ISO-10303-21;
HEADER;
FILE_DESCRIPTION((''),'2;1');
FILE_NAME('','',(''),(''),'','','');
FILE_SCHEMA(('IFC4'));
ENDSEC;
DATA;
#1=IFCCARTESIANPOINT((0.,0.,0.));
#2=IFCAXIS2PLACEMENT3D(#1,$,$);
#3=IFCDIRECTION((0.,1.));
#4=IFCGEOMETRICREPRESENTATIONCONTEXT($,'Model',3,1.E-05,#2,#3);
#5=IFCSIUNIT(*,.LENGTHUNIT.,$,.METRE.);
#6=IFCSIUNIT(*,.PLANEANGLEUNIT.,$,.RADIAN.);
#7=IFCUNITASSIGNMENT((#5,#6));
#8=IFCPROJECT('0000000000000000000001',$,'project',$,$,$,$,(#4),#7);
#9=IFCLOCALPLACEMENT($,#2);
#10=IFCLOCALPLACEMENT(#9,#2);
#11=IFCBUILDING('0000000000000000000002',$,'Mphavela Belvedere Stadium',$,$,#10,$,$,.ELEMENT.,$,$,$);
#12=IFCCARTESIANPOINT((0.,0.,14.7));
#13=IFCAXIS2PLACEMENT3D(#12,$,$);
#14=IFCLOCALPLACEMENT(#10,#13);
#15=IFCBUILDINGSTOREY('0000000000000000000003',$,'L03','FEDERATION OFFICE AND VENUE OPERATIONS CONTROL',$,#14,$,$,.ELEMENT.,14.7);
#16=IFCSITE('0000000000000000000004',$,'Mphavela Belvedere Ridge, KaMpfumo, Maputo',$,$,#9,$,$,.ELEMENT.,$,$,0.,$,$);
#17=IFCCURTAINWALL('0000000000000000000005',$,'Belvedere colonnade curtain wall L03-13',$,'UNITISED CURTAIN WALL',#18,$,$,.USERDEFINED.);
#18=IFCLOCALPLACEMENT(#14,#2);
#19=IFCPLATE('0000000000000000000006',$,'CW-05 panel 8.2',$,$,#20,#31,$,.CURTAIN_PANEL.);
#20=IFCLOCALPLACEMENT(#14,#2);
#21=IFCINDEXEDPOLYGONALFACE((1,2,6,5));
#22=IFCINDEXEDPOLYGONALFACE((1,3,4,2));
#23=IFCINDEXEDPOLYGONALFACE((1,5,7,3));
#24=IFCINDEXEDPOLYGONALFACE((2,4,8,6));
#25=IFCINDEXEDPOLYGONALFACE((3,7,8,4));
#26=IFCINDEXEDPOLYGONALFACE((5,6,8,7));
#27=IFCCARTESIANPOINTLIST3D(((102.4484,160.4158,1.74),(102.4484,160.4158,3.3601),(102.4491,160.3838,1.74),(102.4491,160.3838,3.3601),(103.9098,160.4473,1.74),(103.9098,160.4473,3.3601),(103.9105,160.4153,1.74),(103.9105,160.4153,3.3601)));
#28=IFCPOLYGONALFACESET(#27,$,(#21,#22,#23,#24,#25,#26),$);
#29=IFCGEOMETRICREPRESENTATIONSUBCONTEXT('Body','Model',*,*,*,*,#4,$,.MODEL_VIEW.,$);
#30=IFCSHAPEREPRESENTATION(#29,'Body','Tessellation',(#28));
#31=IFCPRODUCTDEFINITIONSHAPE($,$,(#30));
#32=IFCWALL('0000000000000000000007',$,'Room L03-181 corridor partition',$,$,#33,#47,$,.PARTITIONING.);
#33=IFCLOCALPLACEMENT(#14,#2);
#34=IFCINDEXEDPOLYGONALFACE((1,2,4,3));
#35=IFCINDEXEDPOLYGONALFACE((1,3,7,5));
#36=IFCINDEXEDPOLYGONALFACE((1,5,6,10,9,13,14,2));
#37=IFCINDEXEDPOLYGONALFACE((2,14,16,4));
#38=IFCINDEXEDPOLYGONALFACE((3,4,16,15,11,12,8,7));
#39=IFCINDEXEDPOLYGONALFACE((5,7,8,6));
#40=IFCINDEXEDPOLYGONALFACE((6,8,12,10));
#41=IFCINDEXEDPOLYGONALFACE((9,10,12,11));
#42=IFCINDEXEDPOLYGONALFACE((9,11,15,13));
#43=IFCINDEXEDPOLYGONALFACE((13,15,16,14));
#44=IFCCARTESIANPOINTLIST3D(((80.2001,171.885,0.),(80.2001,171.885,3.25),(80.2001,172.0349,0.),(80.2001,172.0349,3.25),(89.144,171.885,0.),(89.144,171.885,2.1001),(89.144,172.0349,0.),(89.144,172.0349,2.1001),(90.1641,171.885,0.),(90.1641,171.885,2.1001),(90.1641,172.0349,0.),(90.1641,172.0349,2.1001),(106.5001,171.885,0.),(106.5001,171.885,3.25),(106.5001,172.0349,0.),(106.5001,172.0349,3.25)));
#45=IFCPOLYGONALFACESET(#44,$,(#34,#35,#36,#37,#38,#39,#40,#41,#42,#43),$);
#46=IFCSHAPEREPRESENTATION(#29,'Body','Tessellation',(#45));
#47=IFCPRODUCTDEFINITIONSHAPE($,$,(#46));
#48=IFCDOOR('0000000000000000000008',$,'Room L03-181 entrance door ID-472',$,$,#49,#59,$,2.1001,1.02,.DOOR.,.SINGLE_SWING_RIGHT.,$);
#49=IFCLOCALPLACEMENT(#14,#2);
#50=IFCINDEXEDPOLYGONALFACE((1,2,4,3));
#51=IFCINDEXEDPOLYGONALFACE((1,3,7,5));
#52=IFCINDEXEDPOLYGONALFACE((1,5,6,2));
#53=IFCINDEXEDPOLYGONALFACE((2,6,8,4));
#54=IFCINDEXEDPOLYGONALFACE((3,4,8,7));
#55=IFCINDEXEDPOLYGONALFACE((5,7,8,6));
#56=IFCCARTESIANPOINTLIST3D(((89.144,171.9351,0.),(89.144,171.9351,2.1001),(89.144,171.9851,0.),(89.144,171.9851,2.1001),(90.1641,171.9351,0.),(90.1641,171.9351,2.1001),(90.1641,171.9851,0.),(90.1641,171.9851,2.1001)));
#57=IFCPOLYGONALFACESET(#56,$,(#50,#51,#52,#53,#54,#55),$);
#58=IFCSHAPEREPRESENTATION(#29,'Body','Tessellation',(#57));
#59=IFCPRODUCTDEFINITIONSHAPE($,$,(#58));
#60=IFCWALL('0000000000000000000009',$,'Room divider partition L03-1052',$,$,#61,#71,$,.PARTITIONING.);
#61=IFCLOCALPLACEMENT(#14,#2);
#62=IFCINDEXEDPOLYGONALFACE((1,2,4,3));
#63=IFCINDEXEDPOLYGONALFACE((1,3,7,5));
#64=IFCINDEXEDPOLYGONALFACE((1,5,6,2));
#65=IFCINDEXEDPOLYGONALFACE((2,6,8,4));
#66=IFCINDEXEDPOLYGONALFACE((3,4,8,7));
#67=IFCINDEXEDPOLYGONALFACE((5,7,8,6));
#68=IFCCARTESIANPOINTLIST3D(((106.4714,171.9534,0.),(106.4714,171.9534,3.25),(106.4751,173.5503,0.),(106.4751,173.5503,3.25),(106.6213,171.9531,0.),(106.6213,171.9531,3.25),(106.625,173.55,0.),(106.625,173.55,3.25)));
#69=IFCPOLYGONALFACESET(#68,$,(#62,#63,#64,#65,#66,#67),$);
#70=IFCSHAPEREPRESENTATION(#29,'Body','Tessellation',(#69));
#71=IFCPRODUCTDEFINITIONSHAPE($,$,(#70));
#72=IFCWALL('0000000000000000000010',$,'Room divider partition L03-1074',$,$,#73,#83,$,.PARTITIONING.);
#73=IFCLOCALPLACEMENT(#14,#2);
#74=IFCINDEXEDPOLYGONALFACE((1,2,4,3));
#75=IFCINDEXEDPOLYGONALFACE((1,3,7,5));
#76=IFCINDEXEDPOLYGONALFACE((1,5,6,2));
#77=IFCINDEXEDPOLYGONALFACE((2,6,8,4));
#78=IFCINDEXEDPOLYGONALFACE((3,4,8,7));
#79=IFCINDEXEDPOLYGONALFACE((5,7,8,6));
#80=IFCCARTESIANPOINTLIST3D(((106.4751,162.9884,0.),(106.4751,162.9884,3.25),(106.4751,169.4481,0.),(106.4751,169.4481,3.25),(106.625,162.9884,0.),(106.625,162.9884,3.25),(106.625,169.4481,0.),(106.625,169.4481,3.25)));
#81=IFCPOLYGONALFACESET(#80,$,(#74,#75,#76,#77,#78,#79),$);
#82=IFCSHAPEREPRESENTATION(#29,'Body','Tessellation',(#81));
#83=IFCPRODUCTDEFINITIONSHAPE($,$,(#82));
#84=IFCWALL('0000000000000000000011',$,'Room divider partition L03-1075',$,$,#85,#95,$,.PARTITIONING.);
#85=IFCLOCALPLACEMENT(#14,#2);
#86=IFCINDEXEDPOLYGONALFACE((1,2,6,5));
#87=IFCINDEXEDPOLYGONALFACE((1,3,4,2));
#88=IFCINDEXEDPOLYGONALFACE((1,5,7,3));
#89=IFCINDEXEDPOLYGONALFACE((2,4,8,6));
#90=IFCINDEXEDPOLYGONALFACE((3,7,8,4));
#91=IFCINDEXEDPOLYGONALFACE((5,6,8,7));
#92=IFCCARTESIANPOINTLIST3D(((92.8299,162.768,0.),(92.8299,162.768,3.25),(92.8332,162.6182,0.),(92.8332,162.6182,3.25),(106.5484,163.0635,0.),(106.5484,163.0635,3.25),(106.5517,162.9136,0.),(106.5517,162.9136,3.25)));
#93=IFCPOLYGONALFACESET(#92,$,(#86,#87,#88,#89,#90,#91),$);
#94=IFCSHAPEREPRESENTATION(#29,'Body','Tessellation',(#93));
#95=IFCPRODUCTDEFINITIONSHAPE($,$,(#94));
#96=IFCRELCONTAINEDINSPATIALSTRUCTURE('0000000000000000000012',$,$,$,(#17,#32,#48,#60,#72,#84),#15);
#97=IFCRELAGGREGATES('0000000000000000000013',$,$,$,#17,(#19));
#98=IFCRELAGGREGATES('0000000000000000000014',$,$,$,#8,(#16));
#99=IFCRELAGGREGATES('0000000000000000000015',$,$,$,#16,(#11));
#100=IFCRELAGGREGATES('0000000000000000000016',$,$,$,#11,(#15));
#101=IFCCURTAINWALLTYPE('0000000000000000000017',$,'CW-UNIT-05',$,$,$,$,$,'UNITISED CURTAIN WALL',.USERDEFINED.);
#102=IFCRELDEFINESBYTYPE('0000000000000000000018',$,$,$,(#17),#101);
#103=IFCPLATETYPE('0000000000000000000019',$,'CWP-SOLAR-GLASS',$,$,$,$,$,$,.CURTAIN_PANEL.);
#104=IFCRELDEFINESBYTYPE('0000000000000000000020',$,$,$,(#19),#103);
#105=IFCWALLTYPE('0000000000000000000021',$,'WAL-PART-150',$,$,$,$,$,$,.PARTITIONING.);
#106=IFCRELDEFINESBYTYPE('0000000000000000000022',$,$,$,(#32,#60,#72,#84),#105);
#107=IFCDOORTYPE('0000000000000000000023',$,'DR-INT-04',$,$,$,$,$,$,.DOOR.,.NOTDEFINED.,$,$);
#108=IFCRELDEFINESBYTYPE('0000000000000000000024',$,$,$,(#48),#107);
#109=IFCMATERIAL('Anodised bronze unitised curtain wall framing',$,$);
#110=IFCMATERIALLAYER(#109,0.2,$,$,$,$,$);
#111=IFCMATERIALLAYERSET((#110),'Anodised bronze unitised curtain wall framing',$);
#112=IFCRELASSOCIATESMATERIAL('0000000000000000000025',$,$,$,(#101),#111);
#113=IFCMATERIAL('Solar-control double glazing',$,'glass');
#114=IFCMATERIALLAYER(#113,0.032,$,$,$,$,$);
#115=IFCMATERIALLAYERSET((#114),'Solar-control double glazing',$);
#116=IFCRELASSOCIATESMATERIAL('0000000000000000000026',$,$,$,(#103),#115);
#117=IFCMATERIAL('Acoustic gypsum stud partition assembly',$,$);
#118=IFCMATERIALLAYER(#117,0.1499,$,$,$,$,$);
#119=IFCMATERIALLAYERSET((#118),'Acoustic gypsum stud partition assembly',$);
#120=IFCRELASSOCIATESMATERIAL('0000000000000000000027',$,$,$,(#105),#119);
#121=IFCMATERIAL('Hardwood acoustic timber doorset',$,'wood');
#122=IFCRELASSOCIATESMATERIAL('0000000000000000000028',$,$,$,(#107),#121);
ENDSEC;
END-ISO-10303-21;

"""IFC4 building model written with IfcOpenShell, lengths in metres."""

from ifc_helpers import new_model, si_unit, direction, frame, frame_2d, origin, origin_2d, place, context, subcontext, project, spatial, rectangle, extrude, material, layer, layer_set, type_object, element, fill, aggregate, save


model = new_model("IFC4")

# Units and contexts
model_context = context("Model", 3, precision=1e-05, world=origin(), true_north=direction((0.0, 1.0)))
body_context = subcontext(model_context, "Body", "Model", "MODEL_VIEW")
ifc_project = project(units=[si_unit("LENGTHUNIT", "METRE"), si_unit("PLANEANGLEUNIT", "RADIAN")], contexts=[model_context])

# Site, building, storey
site_placement = place(None, origin())
site = spatial("IfcSite", under=ifc_project, at=site_placement, Name="Mphavela Belvedere Ridge, KaMpfumo, Maputo", CompositionType="ELEMENT", RefElevation=0.0)
building_placement = place(site_placement, origin())
building = spatial("IfcBuilding", under=site, at=building_placement, Name="Mphavela Belvedere Stadium", CompositionType="ELEMENT")
storey_placement = place(building_placement, frame((0.0, 0.0, 14.7)))
storey = spatial("IfcBuildingStorey", under=building, at=storey_placement, Name="L03", Description="FEDERATION OFFICE AND VENUE OPERATIONS CONTROL", CompositionType="ELEMENT", Elevation=14.7)

# Curtain wall, plate
ifc_material_1 = material(Name="Anodised bronze unitised curtain wall framing")
ifc_layer_1 = layer(ifc_material_1, 0.2)
ifc_layer_set_1 = layer_set([ifc_layer_1], Name="Anodised bronze unitised curtain wall framing")
curtain_wall_type = type_object("IfcCurtainWallType", Name="CW-UNIT-05", ElementType="UNITISED CURTAIN WALL", PredefinedType="USERDEFINED", material=ifc_layer_set_1)
curtain_wall_placement = place(storey_placement, origin())
curtain_wall = element("IfcCurtainWall", 1, at=curtain_wall_placement, inside=storey, type_object=curtain_wall_type, Name="Belvedere colonnade curtain wall L03-13", ObjectType="UNITISED CURTAIN WALL", PredefinedType="USERDEFINED")
ifc_material_2 = material(Name="Solar-control double glazing", Category="glass")
ifc_layer_2 = layer(ifc_material_2, 0.032)
ifc_layer_set_2 = layer_set([ifc_layer_2], Name="Solar-control double glazing")
plate_type = type_object("IfcPlateType", Name="CWP-SOLAR-GLASS", PredefinedType="CURTAIN_PANEL", material=ifc_layer_set_2)
plate_1_placement = place(storey_placement, frame((103.1794, 160.4155, 1.74), z_axis=(0.0, 0.0, 1.0), x_axis=(-0.999768, -0.021531, 0.0)))
plate_1 = element("IfcPlate", 2, at=plate_1_placement, type_object=plate_type, Name="CW-05 panel 8.2", PredefinedType="CURTAIN_PANEL", context=body_context, shape_type="SweptSolid", body=[
    extrude(rectangle(XDim=1.4617, YDim=0.032, at=origin_2d()), origin(), (0.0, 0.0, 1.0), 1.6201),
])
aggregate(curtain_wall, [plate_1])

# Wall, opening, door
ifc_material_3 = material(Name="Acoustic gypsum stud partition assembly")
ifc_layer_3 = layer(ifc_material_3, 0.1499)
ifc_layer_set_3 = layer_set([ifc_layer_3], Name="Acoustic gypsum stud partition assembly")
wall_type = type_object("IfcWallType", Name="WAL-PART-150", PredefinedType="PARTITIONING", material=ifc_layer_set_3)
wall_1_placement = place(storey_placement, frame((106.5, 171.96, 0.0), z_axis=(0.0, 0.0, 1.0), x_axis=(-1.0, 0.0, 0.0)))
wall_1 = element("IfcWall", 3, at=wall_1_placement, inside=storey, type_object=wall_type, Name="Room L03-181 corridor partition", PredefinedType="PARTITIONING", context=body_context, shape_type="SweptSolid", body=[
    extrude(rectangle(XDim=26.3, YDim=0.1499, at=frame_2d((13.1499, 0.0))), origin(), (0.0, 0.0, 1.0), 3.25),
])
opening_placement = place(wall_1_placement, frame((16.3359, 0.0, 0.0)))
opening = element("IfcOpeningElement", 4, at=opening_placement, cuts=wall_1, PredefinedType="OPENING", context=body_context, shape_type="SweptSolid", body=[
    extrude(rectangle(XDim=1.02, YDim=2.1001, at=frame_2d((0.51, 1.05))), frame((0.0, 0.085, 0.0), z_axis=(0.0, -1.0, 0.0), x_axis=(1.0, 0.0, 0.0)), (0.0, 0.0, 1.0), 0.1699),
])
ifc_material_4 = material(Name="Hardwood acoustic timber doorset", Category="wood")
door_type = type_object("IfcDoorType", Name="DR-INT-04", OperationType="NOTDEFINED", PredefinedType="DOOR", material=ifc_material_4)
door_placement = place(opening_placement, origin())
door = element("IfcDoor", 5, at=door_placement, inside=storey, type_object=door_type, Name="Room L03-181 entrance door ID-472", OperationType="SINGLE_SWING_RIGHT", OverallHeight=2.1001, OverallWidth=1.02, PredefinedType="DOOR", context=body_context, shape_type="SweptSolid", body=[
    extrude(rectangle(XDim=1.02, YDim=2.1001, at=frame_2d((0.51, 1.05))), frame((0.0, 0.0249, 0.0), z_axis=(0.0, -1.0, 0.0), x_axis=(1.0, 0.0, 0.0)), (0.0, 0.0, 1.0), 0.05),
])
fill(opening, door)

# Walls
wall_2_placement = place(storey_placement, frame((106.55, 173.55, 0.0), z_axis=(0.0, 0.0, 1.0), x_axis=(-0.002293, -0.999997, 0.0)))
element("IfcWall", 6, at=wall_2_placement, inside=storey, type_object=wall_type, Name="Room divider partition L03-1052", PredefinedType="PARTITIONING", context=body_context, shape_type="SweptSolid", body=[
    extrude(rectangle(XDim=1.5969, YDim=0.1499, at=frame_2d((0.7983, 0.0))), origin(), (0.0, 0.0, 1.0), 3.25),
])
wall_3_placement = place(storey_placement, frame((106.55, 169.4482, 0.0), z_axis=(0.0, 0.0, 1.0), x_axis=(0.0, -1.0, 0.0)))
element("IfcWall", 7, at=wall_3_placement, inside=storey, type_object=wall_type, Name="Room divider partition L03-1074", PredefinedType="PARTITIONING", context=body_context, shape_type="SweptSolid", body=[
    extrude(rectangle(XDim=6.4597, YDim=0.1499, at=frame_2d((3.23, 0.0))), origin(), (0.0, 0.0, 1.0), 3.25),
])
wall_4_placement = place(storey_placement, frame((106.55, 162.9885, 0.0), z_axis=(0.0, 0.0, 1.0), x_axis=(-0.999768, -0.021529, 0.0)))
element("IfcWall", 8, at=wall_4_placement, inside=storey, type_object=wall_type, Name="Room divider partition L03-1075", PredefinedType="PARTITIONING", context=body_context, shape_type="SweptSolid", body=[
    extrude(rectangle(XDim=13.7217, YDim=0.1499, at=frame_2d((6.8608, 0.0))), origin(), (0.0, 0.0, 1.0), 3.25),
])

save(model, "model.ifc")
